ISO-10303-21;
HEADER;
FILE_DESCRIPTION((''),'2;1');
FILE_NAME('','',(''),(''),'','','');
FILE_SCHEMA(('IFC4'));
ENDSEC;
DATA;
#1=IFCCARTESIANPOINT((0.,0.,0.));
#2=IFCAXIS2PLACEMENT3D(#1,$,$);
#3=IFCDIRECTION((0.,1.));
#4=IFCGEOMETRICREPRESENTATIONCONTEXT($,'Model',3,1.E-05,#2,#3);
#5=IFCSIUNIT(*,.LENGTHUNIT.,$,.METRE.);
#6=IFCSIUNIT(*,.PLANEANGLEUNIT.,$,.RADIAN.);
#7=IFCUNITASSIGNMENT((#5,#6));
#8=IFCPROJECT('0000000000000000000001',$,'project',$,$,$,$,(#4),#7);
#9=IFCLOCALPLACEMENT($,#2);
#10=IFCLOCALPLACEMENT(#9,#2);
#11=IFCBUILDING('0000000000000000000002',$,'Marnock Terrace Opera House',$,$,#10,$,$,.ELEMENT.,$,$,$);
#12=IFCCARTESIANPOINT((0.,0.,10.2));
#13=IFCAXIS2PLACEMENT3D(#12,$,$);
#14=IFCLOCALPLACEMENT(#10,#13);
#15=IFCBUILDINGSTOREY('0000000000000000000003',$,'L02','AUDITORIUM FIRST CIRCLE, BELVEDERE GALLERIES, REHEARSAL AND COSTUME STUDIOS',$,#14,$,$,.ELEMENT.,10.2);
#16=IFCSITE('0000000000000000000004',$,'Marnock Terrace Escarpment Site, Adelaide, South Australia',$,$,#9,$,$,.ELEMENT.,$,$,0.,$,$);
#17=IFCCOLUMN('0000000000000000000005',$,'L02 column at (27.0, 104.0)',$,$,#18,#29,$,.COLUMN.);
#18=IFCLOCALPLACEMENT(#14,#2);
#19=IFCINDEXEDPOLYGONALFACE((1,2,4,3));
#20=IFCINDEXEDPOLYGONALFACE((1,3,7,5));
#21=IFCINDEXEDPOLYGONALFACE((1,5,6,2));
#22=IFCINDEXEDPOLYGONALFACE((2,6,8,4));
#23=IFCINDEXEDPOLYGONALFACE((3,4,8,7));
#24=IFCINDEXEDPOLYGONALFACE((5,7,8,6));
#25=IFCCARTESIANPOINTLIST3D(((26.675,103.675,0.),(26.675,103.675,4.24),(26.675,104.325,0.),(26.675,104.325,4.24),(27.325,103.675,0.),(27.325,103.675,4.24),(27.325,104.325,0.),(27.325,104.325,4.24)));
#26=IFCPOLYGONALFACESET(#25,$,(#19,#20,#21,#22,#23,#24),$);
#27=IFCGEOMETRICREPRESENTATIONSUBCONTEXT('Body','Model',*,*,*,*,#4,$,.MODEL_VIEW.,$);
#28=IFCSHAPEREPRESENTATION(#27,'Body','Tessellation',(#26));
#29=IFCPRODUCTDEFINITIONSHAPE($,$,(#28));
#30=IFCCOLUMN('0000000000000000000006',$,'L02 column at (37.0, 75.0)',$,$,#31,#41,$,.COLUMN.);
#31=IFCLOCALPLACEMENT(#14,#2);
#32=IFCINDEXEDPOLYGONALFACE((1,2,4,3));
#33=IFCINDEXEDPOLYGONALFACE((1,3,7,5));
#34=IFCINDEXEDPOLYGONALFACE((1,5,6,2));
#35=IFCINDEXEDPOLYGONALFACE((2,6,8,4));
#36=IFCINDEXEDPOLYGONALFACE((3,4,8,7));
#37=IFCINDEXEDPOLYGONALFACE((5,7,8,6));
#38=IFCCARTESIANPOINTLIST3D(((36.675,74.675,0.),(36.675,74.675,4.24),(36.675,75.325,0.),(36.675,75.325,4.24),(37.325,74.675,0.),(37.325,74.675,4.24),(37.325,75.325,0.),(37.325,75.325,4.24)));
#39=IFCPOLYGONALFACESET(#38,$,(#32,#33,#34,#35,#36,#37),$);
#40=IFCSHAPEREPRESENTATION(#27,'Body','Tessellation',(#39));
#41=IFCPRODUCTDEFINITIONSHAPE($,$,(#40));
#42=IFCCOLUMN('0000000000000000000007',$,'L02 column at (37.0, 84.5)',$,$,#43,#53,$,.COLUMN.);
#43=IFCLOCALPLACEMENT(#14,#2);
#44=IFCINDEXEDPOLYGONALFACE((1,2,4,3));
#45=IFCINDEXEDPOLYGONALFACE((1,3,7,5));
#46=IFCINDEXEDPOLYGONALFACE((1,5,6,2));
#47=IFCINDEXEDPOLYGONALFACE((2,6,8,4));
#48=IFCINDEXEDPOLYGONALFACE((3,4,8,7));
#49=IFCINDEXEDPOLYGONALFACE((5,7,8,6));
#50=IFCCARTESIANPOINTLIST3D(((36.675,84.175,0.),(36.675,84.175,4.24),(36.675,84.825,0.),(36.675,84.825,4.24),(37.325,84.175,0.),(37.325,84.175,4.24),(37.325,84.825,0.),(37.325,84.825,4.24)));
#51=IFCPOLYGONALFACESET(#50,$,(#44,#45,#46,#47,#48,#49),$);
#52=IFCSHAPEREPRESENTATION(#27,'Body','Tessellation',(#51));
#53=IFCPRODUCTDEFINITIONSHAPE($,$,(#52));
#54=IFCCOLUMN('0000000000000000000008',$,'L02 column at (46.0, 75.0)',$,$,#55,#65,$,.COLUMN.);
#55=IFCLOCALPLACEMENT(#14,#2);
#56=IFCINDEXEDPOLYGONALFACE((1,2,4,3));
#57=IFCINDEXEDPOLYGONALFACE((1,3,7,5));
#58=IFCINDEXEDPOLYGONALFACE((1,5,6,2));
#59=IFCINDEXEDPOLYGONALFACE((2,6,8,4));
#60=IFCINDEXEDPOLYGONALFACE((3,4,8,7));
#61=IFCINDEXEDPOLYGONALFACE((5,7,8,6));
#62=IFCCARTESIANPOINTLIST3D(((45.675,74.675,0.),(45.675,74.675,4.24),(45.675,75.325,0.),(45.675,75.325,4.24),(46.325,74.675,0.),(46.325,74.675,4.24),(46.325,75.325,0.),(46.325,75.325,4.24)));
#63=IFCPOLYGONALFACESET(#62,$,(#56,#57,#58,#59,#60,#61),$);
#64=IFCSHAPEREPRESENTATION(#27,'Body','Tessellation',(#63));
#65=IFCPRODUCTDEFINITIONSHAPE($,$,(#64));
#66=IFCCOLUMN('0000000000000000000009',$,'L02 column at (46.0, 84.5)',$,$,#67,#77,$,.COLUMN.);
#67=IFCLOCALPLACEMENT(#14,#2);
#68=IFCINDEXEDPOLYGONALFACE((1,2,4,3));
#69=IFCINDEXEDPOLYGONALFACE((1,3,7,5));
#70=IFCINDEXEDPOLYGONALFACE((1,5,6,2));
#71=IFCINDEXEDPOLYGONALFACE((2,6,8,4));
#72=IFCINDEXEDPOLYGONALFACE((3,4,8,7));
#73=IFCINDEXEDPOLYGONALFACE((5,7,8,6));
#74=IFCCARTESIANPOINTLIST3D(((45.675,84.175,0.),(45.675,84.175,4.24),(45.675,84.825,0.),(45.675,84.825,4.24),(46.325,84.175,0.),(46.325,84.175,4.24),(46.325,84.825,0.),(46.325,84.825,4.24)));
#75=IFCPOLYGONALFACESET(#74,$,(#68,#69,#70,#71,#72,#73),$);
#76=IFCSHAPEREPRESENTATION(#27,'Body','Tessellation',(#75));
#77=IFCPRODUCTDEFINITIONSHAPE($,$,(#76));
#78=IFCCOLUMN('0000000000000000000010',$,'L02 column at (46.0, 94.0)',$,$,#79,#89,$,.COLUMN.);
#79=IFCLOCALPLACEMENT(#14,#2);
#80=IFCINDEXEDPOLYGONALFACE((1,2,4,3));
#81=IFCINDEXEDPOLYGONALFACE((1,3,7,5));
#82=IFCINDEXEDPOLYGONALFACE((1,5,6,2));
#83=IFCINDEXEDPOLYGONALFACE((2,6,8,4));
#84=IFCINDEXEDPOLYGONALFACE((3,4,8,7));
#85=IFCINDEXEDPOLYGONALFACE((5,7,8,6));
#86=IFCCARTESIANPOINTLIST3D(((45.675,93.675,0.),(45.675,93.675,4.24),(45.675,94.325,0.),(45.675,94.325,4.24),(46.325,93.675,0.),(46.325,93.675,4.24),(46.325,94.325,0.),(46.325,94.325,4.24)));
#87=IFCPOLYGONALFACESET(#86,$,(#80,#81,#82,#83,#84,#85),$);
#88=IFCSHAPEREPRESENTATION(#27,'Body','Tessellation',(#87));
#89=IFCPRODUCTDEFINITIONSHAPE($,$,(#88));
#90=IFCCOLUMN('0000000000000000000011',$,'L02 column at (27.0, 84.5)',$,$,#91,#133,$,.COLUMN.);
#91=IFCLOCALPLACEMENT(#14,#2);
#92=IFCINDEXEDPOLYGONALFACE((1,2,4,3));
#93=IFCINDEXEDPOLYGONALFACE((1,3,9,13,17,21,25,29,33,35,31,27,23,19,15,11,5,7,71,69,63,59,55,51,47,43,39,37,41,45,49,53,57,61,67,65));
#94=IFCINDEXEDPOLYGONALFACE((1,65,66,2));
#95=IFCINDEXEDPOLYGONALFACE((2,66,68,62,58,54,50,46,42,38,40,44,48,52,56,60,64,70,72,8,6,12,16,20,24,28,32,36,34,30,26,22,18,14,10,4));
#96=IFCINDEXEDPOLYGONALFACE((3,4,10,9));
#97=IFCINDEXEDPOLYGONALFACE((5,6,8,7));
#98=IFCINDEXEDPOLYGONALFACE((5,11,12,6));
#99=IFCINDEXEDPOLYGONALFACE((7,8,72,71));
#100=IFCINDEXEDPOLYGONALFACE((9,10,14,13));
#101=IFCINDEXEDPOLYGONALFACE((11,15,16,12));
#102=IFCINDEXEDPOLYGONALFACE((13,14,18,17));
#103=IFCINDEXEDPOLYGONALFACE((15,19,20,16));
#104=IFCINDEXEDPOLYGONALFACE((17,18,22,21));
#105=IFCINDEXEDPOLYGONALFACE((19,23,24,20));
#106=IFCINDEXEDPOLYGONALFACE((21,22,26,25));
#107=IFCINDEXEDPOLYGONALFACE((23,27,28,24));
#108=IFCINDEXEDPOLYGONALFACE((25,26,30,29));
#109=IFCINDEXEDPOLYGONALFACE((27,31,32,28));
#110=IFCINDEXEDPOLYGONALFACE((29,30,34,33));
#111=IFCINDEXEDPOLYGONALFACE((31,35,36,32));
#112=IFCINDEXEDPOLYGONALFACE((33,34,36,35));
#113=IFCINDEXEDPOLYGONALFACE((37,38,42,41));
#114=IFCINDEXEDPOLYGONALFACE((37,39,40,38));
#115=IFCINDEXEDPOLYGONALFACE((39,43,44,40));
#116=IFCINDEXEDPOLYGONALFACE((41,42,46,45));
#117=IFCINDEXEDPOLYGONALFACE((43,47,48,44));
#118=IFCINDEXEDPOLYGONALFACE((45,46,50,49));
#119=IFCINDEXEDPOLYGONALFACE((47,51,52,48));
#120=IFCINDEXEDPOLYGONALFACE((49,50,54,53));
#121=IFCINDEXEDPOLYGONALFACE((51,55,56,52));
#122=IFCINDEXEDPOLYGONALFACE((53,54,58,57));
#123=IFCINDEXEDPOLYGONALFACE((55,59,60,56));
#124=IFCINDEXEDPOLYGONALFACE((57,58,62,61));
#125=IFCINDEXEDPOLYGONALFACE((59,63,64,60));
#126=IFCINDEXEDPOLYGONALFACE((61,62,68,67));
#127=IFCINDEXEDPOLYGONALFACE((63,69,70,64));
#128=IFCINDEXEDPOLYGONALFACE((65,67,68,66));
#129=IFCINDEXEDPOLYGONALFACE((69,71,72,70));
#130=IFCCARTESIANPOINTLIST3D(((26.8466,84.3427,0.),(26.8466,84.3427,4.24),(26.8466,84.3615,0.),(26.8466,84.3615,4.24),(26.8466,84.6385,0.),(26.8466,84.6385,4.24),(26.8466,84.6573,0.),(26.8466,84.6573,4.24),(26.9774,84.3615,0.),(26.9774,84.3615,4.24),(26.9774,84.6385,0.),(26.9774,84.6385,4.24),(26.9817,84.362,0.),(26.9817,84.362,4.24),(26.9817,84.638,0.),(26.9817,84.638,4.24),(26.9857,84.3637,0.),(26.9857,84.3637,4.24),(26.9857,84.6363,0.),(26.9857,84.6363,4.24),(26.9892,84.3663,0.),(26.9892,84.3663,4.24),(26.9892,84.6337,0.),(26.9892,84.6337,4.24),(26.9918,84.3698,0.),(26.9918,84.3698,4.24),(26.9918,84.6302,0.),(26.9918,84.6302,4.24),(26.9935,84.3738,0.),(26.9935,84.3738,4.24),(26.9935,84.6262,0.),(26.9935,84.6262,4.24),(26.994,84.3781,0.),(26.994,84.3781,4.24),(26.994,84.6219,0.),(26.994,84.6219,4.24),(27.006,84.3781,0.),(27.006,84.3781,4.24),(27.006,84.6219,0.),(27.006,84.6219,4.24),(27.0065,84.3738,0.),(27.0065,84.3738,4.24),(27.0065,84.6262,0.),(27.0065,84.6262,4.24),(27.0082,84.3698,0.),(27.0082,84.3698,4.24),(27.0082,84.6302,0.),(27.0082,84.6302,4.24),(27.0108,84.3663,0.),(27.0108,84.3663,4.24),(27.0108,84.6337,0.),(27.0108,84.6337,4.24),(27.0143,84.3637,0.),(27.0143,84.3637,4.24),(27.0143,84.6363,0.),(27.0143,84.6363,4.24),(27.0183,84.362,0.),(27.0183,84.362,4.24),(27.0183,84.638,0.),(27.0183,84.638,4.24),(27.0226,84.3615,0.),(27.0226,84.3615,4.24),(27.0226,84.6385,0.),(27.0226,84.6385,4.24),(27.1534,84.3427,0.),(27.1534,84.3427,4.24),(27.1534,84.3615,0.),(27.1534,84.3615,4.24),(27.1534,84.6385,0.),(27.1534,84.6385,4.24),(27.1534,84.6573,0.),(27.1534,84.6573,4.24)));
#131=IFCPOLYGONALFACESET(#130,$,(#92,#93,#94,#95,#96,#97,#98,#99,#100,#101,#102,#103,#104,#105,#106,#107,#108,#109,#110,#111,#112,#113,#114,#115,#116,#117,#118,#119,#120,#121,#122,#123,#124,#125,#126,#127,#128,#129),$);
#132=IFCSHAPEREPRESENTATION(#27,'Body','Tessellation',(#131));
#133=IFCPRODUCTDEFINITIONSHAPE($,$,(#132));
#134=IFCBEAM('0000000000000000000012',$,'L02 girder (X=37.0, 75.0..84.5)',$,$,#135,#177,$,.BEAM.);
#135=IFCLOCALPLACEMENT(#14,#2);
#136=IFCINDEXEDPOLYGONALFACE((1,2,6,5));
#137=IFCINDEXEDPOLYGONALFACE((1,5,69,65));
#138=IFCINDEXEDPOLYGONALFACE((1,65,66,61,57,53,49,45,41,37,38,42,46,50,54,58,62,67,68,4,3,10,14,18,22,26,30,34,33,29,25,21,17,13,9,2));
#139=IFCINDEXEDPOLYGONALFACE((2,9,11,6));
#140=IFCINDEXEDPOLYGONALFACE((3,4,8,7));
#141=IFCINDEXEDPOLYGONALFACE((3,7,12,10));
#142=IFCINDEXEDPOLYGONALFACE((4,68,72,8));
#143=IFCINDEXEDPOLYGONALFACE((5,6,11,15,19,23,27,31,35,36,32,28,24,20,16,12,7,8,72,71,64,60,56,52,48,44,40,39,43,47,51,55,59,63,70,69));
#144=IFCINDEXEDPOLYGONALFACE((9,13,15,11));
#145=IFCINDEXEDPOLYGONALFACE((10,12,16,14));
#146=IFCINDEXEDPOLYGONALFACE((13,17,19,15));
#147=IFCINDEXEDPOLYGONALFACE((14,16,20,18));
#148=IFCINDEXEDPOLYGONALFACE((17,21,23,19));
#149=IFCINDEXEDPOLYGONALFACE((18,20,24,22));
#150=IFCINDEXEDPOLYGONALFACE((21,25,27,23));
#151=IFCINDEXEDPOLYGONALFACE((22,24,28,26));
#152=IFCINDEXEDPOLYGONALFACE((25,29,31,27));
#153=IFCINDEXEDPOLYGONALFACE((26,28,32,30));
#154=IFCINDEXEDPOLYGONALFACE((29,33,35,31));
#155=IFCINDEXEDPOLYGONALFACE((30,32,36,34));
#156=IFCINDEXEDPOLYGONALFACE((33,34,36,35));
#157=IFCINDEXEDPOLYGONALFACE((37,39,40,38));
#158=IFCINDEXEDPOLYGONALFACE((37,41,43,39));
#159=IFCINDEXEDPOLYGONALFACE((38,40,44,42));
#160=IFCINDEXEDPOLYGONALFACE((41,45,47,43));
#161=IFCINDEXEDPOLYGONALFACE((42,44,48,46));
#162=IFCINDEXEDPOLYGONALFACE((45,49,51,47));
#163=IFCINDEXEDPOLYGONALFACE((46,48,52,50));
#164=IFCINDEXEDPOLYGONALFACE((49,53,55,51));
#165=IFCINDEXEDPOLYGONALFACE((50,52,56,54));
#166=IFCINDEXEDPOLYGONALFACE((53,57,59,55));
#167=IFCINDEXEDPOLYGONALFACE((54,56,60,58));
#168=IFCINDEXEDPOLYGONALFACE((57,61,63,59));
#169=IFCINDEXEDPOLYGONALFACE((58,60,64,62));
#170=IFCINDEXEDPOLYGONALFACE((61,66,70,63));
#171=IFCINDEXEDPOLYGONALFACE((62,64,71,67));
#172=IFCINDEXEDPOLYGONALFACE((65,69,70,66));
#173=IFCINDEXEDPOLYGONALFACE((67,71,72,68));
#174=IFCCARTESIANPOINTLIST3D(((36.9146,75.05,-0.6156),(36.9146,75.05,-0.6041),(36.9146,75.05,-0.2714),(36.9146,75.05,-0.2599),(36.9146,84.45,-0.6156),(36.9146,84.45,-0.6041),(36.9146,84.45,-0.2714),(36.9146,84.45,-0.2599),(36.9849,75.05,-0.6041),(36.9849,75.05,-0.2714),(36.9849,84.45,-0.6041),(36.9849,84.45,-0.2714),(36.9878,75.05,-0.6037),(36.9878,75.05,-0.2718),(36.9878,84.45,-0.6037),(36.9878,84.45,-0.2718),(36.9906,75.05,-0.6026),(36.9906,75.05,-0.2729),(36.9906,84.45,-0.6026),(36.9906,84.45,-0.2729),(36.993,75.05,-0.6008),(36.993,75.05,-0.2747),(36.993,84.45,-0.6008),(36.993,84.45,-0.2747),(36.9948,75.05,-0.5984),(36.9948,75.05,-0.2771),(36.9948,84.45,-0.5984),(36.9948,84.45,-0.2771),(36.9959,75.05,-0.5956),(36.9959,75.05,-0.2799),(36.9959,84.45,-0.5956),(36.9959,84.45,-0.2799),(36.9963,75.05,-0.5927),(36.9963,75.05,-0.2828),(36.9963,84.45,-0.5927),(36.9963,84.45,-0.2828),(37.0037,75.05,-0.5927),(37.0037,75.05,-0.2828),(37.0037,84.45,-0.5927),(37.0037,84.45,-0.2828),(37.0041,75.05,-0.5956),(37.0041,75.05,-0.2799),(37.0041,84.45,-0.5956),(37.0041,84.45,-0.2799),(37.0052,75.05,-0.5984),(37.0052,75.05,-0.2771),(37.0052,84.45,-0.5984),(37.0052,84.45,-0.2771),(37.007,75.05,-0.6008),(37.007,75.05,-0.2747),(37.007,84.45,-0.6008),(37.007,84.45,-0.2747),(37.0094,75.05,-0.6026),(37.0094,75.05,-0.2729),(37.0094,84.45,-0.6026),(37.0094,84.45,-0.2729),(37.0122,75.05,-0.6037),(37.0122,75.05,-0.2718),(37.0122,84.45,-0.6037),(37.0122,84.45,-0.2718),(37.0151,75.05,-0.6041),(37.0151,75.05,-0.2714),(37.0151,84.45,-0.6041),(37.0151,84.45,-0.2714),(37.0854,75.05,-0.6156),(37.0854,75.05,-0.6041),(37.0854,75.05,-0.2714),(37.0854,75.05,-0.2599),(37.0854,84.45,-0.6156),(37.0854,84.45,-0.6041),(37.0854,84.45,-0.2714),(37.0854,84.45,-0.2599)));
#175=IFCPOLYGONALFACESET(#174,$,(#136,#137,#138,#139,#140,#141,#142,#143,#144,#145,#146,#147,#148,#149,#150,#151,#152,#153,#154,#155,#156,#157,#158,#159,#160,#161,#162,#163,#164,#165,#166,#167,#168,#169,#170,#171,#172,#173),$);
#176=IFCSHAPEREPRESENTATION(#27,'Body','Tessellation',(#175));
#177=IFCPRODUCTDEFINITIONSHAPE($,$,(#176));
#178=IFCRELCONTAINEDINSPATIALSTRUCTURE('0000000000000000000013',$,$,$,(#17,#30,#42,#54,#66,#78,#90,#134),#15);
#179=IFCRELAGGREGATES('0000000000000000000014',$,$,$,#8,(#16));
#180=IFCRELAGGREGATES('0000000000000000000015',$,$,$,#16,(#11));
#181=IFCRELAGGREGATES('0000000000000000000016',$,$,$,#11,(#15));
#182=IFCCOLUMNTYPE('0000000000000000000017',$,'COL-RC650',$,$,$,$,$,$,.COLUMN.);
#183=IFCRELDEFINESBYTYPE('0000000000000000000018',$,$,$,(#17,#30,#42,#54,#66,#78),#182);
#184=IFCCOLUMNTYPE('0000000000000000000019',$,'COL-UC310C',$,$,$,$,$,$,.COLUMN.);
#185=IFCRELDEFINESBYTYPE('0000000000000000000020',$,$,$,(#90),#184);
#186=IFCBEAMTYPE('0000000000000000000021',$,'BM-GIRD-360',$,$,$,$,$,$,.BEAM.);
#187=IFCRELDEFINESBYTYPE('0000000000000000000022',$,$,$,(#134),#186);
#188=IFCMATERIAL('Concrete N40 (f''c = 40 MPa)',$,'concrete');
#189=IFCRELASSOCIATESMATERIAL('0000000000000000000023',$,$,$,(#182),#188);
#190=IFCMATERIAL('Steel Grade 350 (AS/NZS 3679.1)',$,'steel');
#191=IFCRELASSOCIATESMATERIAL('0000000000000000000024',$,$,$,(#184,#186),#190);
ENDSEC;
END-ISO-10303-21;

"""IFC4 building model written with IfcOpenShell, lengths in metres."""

from ifc_helpers import new_model, si_unit, direction, frame, origin, origin_2d, place, context, subcontext, project, spatial, rectangle, i_section, extrude, material, material_profile, profile_set, type_object, element, save


model = new_model("IFC4")

# Units and contexts
model_context = context("Model", 3, precision=1e-05, world=origin(), true_north=direction((0.0, 1.0)))
body_context = subcontext(model_context, "Body", "Model", "MODEL_VIEW")
ifc_project = project(units=[si_unit("LENGTHUNIT", "METRE"), si_unit("PLANEANGLEUNIT", "RADIAN")], contexts=[model_context])

# Site, building, storey
site_placement = place(None, origin())
site = spatial("IfcSite", under=ifc_project, at=site_placement, Name="Marnock Terrace Escarpment Site, Adelaide, South Australia", CompositionType="ELEMENT", RefElevation=0.0)
building_placement = place(site_placement, origin())
building = spatial("IfcBuilding", under=site, at=building_placement, Name="Marnock Terrace Opera House", CompositionType="ELEMENT")
storey_placement = place(building_placement, frame((0.0, 0.0, 10.2)))
storey = spatial("IfcBuildingStorey", under=building, at=storey_placement, Name="L02", Description="AUDITORIUM FIRST CIRCLE, BELVEDERE GALLERIES, REHEARSAL AND COSTUME STUDIOS", CompositionType="ELEMENT", Elevation=10.2)

# Columns
ifc_material_1 = material(Name="Concrete N40 (f'c = 40 MPa)", Category="concrete")
ifc_material_profile_1 = material_profile(ifc_material_1, rectangle(XDim=0.6499, YDim=0.6499, at=origin_2d()))
ifc_profile_set_1 = profile_set([ifc_material_profile_1], Name="Concrete N40 (f'c = 40 MPa)")
column_type_1 = type_object("IfcColumnType", Name="COL-RC650", PredefinedType="COLUMN", material=ifc_profile_set_1)
for number, where, z_axis, x_axis, name in (
    (1, (27.0, 104.0, 0.0), (0.0, 0.0, 1.0), (1.0, 0.0, 0.0), "L02 column at (27.0, 104.0)"),
    (2, (37.0, 75.0, 0.0), (0.0, 0.0, 1.0), (1.0, 0.0, 0.0), "L02 column at (37.0, 75.0)"),
    (3, (37.0, 84.5, 0.0), (0.0, 0.0, 1.0), (1.0, 0.0, 0.0), "L02 column at (37.0, 84.5)"),
    (4, (46.0, 75.0, 0.0), (0.0, 0.0, 1.0), (1.0, 0.0, 0.0), "L02 column at (46.0, 75.0)"),
    (5, (46.0, 84.5, 0.0), (0.0, 0.0, 1.0), (1.0, 0.0, 0.0), "L02 column at (46.0, 84.5)"),
    (6, (46.0, 94.0, 0.0), (0.0, 0.0, 1.0), (1.0, 0.0, 0.0), "L02 column at (46.0, 94.0)"),
):
    element("IfcColumn", number, at=place(storey_placement, frame(where, z_axis=z_axis, x_axis=x_axis)), inside=storey, type_object=column_type_1, Name=name, PredefinedType="COLUMN", context=body_context, shape_type="SweptSolid", body=[
        extrude(rectangle(XDim=0.6499, YDim=0.6499, at=origin_2d()), origin(), (0.0, 0.0, 1.0), 4.24),
    ])
ifc_material_2 = material(Name="Steel Grade 350 (AS/NZS 3679.1)", Category="steel")
ifc_material_profile_2 = material_profile(ifc_material_2, i_section(OverallWidth=0.3069, OverallDepth=0.3147, WebThickness=0.012, FlangeThickness=0.0188, FilletRadius=0.0166, at=origin_2d()))
ifc_profile_set_2 = profile_set([ifc_material_profile_2], Name="Steel Grade 350 (AS/NZS 3679.1)")
column_type_2 = type_object("IfcColumnType", Name="COL-UC310C", PredefinedType="COLUMN", material=ifc_profile_set_2)
column_placement = place(storey_placement, frame((27.0, 84.5, 0.0), z_axis=(0.0, 0.0, 1.0), x_axis=(1.0, 0.0, 0.0)))
element("IfcColumn", 7, at=column_placement, inside=storey, type_object=column_type_2, Name="L02 column at (27.0, 84.5)", PredefinedType="COLUMN", context=body_context, shape_type="SweptSolid", body=[
    extrude(i_section(OverallWidth=0.3069, OverallDepth=0.3147, WebThickness=0.012, FlangeThickness=0.0188, FilletRadius=0.0166, at=origin_2d()), origin(), (0.0, 0.0, 1.0), 4.24),
])

# Beam
ifc_material_profile_3 = material_profile(ifc_material_2, i_section(OverallWidth=0.1709, OverallDepth=0.3557, WebThickness=0.0073, FlangeThickness=0.0115, FilletRadius=0.0115, at=origin_2d()))
ifc_profile_set_3 = profile_set([ifc_material_profile_3], Name="Steel Grade 350 (AS/NZS 3679.1)")
beam_type_1 = type_object("IfcBeamType", Name="BM-GIRD-360", PredefinedType="BEAM", material=ifc_profile_set_3)
beam_1_placement = place(storey_placement, frame((37.0, 75.05, -0.4377), z_axis=(0.0, 1.0, 0.0), x_axis=(-1.0, 0.0, 0.0)))
element("IfcBeam", 8, at=beam_1_placement, inside=storey, type_object=beam_type_1, Name="L02 girder (X=37.0, 75.0..84.5)", PredefinedType="BEAM", context=body_context, shape_type="SweptSolid", body=[
    extrude(i_section(OverallWidth=0.1709, OverallDepth=0.3557, WebThickness=0.0073, FlangeThickness=0.0115, FilletRadius=0.0115, at=origin_2d()), origin(), (0.0, 0.0, 1.0), 9.3999),
])

save(model, "model.ifc")
